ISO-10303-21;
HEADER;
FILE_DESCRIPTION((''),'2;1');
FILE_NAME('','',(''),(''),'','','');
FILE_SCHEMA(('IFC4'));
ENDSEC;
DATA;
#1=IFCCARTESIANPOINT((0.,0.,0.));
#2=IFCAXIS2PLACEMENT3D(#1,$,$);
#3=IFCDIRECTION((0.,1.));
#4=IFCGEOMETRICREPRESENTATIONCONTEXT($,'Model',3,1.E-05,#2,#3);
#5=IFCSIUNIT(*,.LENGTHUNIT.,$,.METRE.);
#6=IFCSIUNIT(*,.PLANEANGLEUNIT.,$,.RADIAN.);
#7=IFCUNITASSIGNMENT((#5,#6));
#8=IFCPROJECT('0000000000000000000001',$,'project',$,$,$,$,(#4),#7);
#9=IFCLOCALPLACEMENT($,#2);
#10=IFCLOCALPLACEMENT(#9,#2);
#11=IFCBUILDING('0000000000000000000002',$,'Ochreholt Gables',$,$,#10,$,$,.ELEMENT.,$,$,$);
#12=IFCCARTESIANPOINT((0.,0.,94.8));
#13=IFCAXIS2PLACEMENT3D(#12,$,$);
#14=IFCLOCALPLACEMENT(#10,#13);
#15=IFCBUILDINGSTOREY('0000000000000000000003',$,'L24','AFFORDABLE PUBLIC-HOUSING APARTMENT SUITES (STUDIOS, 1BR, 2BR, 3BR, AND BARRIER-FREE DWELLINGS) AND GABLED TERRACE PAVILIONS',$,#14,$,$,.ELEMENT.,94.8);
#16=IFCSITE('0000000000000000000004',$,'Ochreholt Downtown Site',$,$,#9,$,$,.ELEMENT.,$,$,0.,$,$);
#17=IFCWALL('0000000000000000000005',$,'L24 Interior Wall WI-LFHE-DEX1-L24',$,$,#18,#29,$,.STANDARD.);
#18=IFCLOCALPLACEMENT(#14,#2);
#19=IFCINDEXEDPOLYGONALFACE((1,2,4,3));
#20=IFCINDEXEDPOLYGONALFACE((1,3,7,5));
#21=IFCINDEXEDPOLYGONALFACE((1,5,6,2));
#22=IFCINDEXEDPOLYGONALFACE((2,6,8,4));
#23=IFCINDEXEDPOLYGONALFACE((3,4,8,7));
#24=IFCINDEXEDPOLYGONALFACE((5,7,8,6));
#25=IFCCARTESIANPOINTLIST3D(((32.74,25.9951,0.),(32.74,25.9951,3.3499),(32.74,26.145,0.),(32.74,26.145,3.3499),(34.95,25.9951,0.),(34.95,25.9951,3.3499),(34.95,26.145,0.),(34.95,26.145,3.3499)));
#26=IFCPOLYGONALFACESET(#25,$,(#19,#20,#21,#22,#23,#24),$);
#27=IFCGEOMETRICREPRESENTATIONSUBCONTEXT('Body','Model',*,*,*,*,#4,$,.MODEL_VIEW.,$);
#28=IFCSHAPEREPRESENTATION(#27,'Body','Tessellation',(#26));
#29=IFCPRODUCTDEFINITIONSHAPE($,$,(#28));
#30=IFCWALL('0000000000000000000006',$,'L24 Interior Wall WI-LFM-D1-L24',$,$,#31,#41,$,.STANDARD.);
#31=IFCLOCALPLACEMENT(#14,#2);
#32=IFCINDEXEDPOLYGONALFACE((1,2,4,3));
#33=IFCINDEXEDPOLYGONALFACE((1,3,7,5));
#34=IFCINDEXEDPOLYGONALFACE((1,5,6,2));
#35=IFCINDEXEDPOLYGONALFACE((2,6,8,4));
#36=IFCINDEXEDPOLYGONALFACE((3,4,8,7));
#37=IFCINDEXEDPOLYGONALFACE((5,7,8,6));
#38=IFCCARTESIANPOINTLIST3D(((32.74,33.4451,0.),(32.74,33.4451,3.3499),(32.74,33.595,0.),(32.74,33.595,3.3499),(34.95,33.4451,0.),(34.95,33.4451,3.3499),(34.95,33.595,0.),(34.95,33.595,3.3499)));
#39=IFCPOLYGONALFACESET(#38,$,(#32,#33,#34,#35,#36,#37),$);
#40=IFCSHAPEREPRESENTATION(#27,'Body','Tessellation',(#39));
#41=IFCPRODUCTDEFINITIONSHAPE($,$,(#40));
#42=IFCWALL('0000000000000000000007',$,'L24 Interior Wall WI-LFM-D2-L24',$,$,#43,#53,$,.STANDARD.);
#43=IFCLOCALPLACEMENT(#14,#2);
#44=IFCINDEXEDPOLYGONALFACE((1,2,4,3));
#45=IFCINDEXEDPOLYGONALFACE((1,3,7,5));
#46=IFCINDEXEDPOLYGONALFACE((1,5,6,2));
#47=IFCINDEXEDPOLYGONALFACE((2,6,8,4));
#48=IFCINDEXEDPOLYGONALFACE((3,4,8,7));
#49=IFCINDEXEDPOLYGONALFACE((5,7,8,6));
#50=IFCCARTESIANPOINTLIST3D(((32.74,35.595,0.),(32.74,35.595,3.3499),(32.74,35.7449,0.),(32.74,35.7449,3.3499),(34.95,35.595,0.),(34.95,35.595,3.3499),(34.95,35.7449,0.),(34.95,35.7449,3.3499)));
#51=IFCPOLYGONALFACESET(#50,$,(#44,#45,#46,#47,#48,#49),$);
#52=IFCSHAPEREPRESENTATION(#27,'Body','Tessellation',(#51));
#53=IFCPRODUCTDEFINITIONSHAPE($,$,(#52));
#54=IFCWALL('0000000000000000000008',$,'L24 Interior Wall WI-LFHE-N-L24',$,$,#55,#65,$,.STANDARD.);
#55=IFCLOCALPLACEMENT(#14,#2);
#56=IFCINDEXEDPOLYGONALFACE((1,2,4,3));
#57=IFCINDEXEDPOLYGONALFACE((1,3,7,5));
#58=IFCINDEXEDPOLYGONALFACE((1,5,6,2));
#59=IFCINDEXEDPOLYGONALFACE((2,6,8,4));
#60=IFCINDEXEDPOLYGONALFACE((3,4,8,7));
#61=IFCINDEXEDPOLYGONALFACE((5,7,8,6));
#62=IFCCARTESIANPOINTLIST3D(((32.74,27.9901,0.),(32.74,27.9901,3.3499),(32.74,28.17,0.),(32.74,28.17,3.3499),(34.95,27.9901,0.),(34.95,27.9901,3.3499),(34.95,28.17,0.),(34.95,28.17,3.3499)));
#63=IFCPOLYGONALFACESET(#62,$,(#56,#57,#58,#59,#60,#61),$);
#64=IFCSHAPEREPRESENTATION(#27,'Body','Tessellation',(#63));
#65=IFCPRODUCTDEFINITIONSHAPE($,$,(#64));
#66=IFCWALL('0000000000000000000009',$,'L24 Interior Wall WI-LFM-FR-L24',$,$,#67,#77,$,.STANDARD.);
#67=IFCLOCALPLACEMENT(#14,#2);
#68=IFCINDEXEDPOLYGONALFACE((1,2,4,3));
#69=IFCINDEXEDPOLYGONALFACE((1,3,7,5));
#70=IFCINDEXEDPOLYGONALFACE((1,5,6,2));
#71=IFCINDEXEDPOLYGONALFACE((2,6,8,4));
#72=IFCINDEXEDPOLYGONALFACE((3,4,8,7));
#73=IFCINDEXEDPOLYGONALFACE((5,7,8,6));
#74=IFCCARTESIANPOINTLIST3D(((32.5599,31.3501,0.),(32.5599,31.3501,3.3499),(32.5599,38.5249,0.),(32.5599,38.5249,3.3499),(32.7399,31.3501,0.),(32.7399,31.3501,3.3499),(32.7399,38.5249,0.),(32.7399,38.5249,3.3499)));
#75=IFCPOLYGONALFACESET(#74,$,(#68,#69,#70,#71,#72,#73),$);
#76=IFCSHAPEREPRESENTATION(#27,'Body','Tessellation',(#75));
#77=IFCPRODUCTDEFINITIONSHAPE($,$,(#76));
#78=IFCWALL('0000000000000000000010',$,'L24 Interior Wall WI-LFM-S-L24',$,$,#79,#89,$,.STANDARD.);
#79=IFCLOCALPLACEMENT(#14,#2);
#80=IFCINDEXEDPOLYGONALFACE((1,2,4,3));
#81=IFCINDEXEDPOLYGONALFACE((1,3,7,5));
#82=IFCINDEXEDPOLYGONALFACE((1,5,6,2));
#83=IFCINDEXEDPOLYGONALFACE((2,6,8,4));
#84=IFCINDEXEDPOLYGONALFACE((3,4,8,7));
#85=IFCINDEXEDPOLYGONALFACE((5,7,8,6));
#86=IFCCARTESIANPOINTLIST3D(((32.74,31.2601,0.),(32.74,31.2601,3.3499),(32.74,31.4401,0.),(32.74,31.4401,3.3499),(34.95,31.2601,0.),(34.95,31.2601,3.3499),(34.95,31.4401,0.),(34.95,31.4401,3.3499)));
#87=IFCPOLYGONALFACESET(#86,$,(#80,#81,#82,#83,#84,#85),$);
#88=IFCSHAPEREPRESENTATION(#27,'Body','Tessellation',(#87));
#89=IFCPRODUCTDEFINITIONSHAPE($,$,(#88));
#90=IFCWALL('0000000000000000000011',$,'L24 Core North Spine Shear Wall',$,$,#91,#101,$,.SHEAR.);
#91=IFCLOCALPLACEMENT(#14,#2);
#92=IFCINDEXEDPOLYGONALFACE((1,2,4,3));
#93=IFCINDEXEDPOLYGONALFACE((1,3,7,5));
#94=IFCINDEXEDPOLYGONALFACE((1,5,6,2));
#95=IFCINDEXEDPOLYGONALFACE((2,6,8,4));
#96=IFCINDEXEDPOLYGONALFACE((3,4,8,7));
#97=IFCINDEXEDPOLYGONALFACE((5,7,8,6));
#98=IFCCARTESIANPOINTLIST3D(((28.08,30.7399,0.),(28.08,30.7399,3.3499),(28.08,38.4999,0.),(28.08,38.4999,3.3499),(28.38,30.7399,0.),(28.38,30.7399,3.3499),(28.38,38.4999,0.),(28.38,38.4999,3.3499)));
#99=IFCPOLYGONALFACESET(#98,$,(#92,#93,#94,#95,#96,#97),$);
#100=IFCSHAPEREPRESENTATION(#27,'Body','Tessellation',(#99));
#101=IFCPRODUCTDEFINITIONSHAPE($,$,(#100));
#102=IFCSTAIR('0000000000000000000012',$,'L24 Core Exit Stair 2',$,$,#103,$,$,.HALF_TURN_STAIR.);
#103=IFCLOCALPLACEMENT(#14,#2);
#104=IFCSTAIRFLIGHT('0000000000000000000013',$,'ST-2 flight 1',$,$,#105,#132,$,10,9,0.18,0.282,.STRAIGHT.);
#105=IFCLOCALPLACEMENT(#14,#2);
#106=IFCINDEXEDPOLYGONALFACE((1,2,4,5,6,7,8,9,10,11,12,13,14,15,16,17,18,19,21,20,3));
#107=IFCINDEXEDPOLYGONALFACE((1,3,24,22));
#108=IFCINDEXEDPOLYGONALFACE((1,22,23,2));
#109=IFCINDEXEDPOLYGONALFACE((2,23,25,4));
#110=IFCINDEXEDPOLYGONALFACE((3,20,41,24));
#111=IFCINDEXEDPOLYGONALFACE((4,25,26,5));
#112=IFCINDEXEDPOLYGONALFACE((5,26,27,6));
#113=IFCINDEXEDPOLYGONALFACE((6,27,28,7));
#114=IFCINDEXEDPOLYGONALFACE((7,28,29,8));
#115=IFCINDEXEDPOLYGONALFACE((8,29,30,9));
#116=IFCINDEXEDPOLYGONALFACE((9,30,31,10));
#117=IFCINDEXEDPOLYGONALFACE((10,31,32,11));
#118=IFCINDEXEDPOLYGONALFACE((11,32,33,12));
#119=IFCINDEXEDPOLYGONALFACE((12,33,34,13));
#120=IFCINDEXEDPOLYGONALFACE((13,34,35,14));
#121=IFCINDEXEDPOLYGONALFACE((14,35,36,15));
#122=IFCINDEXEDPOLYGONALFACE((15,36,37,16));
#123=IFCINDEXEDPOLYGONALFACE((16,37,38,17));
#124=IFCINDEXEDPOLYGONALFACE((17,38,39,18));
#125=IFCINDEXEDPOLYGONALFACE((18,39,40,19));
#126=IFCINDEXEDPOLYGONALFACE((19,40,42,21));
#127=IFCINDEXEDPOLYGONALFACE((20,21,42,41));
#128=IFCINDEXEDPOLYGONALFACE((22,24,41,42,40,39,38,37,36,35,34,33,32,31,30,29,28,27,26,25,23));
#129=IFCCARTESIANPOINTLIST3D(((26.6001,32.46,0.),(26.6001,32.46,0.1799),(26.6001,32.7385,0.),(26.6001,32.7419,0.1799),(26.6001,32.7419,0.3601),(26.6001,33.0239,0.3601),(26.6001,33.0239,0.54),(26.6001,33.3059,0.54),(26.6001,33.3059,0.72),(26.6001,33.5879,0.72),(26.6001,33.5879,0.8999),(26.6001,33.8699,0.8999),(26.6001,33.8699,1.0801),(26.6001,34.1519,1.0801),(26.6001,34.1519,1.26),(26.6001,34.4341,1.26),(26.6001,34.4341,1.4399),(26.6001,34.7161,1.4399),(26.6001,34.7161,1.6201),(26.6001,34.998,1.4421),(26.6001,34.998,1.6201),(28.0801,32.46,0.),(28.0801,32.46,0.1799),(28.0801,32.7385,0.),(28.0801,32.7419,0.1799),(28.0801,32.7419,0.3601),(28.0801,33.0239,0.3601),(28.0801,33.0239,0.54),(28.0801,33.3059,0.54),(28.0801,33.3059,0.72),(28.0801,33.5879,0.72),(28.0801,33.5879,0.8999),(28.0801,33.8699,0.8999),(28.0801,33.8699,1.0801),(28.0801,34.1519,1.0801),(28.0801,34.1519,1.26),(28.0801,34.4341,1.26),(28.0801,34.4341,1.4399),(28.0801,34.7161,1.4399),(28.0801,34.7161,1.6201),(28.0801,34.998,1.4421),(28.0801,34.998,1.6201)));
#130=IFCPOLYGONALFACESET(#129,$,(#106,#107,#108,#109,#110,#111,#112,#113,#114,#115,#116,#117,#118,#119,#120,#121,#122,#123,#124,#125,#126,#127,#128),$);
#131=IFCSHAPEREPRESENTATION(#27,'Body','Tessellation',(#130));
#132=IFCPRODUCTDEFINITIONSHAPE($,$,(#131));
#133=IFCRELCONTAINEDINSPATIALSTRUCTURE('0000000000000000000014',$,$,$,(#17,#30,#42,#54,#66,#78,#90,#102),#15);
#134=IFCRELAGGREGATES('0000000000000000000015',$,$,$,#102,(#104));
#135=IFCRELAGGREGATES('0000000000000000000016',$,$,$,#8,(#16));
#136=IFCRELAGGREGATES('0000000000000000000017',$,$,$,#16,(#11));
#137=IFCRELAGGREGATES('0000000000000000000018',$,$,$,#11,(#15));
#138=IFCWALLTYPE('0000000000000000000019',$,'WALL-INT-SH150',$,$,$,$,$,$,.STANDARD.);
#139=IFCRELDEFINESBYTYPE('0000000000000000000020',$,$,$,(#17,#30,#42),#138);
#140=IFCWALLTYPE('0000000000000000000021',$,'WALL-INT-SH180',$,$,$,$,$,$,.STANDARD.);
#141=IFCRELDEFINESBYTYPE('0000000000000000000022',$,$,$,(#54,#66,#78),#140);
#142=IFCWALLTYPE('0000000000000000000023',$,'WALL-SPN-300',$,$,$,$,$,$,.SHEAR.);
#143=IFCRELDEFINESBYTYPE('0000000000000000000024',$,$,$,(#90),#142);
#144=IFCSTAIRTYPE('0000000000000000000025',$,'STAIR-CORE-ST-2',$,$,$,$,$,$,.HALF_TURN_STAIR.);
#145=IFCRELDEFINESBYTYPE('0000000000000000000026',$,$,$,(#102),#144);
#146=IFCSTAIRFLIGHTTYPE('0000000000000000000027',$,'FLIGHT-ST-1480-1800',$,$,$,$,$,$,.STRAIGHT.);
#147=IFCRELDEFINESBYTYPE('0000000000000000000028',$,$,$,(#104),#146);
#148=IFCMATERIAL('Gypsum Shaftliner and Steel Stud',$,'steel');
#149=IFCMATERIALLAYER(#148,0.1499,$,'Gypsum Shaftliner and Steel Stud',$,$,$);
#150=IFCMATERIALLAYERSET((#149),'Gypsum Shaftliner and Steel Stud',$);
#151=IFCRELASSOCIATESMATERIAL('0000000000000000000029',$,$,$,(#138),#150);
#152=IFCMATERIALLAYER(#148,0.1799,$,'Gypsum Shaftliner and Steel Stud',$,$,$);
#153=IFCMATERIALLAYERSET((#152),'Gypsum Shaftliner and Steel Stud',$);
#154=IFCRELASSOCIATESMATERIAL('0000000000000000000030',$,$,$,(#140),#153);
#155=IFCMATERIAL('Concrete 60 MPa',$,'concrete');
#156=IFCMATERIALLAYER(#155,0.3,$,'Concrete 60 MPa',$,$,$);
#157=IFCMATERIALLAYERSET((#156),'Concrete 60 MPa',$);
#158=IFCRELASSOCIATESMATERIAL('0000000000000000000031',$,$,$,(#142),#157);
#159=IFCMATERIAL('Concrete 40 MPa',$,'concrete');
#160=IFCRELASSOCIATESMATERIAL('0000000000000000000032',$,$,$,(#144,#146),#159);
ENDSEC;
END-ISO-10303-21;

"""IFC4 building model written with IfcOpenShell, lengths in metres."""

from ifc_helpers import new_model, si_unit, direction, frame, frame_2d, origin, place, context, subcontext, project, spatial, polyline, rectangle, outline, extrude, material, layer, layer_set, type_object, element, aggregate, save


model = new_model("IFC4")

# Units and contexts
model_context = context("Model", 3, precision=1e-05, world=origin(), true_north=direction((0.0, 1.0)))
body_context = subcontext(model_context, "Body", "Model", "MODEL_VIEW")
ifc_project = project(units=[si_unit("LENGTHUNIT", "METRE"), si_unit("PLANEANGLEUNIT", "RADIAN")], contexts=[model_context])

# Site, building, storey
site_placement = place(None, origin())
site = spatial("IfcSite", under=ifc_project, at=site_placement, Name="Ochreholt Downtown Site", CompositionType="ELEMENT", RefElevation=0.0)
building_placement = place(site_placement, origin())
building = spatial("IfcBuilding", under=site, at=building_placement, Name="Ochreholt Gables", CompositionType="ELEMENT")
storey_placement = place(building_placement, frame((0.0, 0.0, 94.8)))
storey = spatial("IfcBuildingStorey", under=building, at=storey_placement, Name="L24", Description="AFFORDABLE PUBLIC-HOUSING APARTMENT SUITES (STUDIOS, 1BR, 2BR, 3BR, AND BARRIER-FREE DWELLINGS) AND GABLED TERRACE PAVILIONS", CompositionType="ELEMENT", Elevation=94.8)

# Shared definitions
ifc_material_1 = material(Name="Concrete 60 MPa", Category="concrete")

# Shared definitions
ifc_material_2 = material(Name="Concrete 40 MPa", Category="concrete")

# Walls
ifc_material_3 = material(Name="Gypsum Shaftliner and Steel Stud", Category="steel")
ifc_layer_1 = layer(ifc_material_3, 0.1499, Name="Gypsum Shaftliner and Steel Stud")
ifc_layer_set_1 = layer_set([ifc_layer_1], Name="Gypsum Shaftliner and Steel Stud")
wall_type_1 = type_object("IfcWallType", Name="WALL-INT-SH150", PredefinedType="STANDARD", material=ifc_layer_set_1)
for number, where, z_axis, x_axis, name in (
    (1, (32.74, 26.0701, 0.0), (0.0, 0.0, 1.0), (1.0, 0.0, 0.0), "L24 Interior Wall WI-LFHE-DEX1-L24"),
    (2, (32.74, 33.52, 0.0), (0.0, 0.0, 1.0), (1.0, 0.0, 0.0), "L24 Interior Wall WI-LFM-D1-L24"),
    (3, (32.74, 35.6699, 0.0), (0.0, 0.0, 1.0), (1.0, 0.0, 0.0), "L24 Interior Wall WI-LFM-D2-L24"),
):
    element("IfcWall", number, at=place(storey_placement, frame(where, z_axis=z_axis, x_axis=x_axis)), inside=storey, type_object=wall_type_1, Name=name, PredefinedType="STANDARD", context=body_context, shape_type="SweptSolid", body=[
        extrude(rectangle(XDim=2.21, YDim=0.1499, at=frame_2d((1.105, 0.0))), origin(), (0.0, 0.0, 1.0), 3.3499),
    ])
ifc_layer_2 = layer(ifc_material_3, 0.1799, Name="Gypsum Shaftliner and Steel Stud")
ifc_layer_set_2 = layer_set([ifc_layer_2], Name="Gypsum Shaftliner and Steel Stud")
wall_type_2 = type_object("IfcWallType", Name="WALL-INT-SH180", PredefinedType="STANDARD", material=ifc_layer_set_2)
wall_1_placement = place(storey_placement, frame((32.74, 28.0801, 0.0), z_axis=(0.0, 0.0, 1.0), x_axis=(1.0, 0.0, 0.0)))
element("IfcWall", 4, at=wall_1_placement, inside=storey, type_object=wall_type_2, Name="L24 Interior Wall WI-LFHE-N-L24", PredefinedType="STANDARD", context=body_context, shape_type="SweptSolid", body=[
    extrude(rectangle(XDim=2.21, YDim=0.1799, at=frame_2d((1.105, 0.0))), origin(), (0.0, 0.0, 1.0), 3.3499),
])
wall_2_placement = place(storey_placement, frame((32.6499, 31.3501, 0.0), z_axis=(0.0, 0.0, 1.0), x_axis=(0.0, 1.0, 0.0)))
element("IfcWall", 5, at=wall_2_placement, inside=storey, type_object=wall_type_2, Name="L24 Interior Wall WI-LFM-FR-L24", PredefinedType="STANDARD", context=body_context, shape_type="SweptSolid", body=[
    extrude(rectangle(XDim=7.1748, YDim=0.1799, at=frame_2d((3.5874, 0.0))), origin(), (0.0, 0.0, 1.0), 3.3499),
])
wall_3_placement = place(storey_placement, frame((32.74, 31.3501, 0.0), z_axis=(0.0, 0.0, 1.0), x_axis=(1.0, 0.0, 0.0)))
element("IfcWall", 6, at=wall_3_placement, inside=storey, type_object=wall_type_2, Name="L24 Interior Wall WI-LFM-S-L24", PredefinedType="STANDARD", context=body_context, shape_type="SweptSolid", body=[
    extrude(rectangle(XDim=2.21, YDim=0.1799, at=frame_2d((1.105, 0.0))), origin(), (0.0, 0.0, 1.0), 3.3499),
])
ifc_layer_3 = layer(ifc_material_1, 0.3, Name="Concrete 60 MPa")
ifc_layer_set_3 = layer_set([ifc_layer_3], Name="Concrete 60 MPa")
wall_type_3 = type_object("IfcWallType", Name="WALL-SPN-300", PredefinedType="SHEAR", material=ifc_layer_set_3)
wall_4_placement = place(storey_placement, frame((28.23, 30.74, 0.0), z_axis=(0.0, 0.0, 1.0), x_axis=(0.0, 1.0, 0.0)))
element("IfcWall", 7, at=wall_4_placement, inside=storey, type_object=wall_type_3, Name="L24 Core North Spine Shear Wall", PredefinedType="SHEAR", context=body_context, shape_type="SweptSolid", body=[
    extrude(rectangle(XDim=7.76, YDim=0.3, at=frame_2d((3.8799, 0.0))), origin(), (0.0, 0.0, 1.0), 3.3499),
])

# Stair, stair flight
stair_type = type_object("IfcStairType", Name="STAIR-CORE-ST-2", PredefinedType="HALF_TURN_STAIR", material=ifc_material_2)
stair_placement = place(storey_placement, origin())
stair = element("IfcStair", 8, at=stair_placement, inside=storey, type_object=stair_type, Name="L24 Core Exit Stair 2", PredefinedType="HALF_TURN_STAIR")
stair_flight_type = type_object("IfcStairFlightType", Name="FLIGHT-ST-1480-1800", PredefinedType="STRAIGHT", material=ifc_material_2)
stair_flight_placement = place(storey_placement, frame((27.3401, 32.46, 0.0), z_axis=(0.0, 0.0, 1.0), x_axis=(0.0, 1.0, 0.0)))
stair_flight = element("IfcStairFlight", 9, at=stair_flight_placement, type_object=stair_flight_type, Name="ST-2 flight 1", NumberOfRisers=10, NumberOfTreads=9, PredefinedType="STRAIGHT", RiserHeight=0.18, TreadLength=0.282, context=body_context, shape_type="SweptSolid", body=[
    extrude(outline(polyline([(0.0, 0.0), (0.0, 0.1799), (0.282, 0.1799), (0.282, 0.3601), (0.564, 0.3601), (0.564, 0.54), (0.8459, 0.54), (0.8459, 0.72), (1.1279, 0.72), (1.1279, 0.8999), (1.4099, 0.8999), (1.4099, 1.0801), (1.6919, 1.0801), (1.6919, 1.26), (1.9741, 1.26), (1.9741, 1.4399), (2.2561, 1.4399), (2.2561, 1.6201), (2.5381, 1.6201), (2.5381, 1.8), (2.5381, 1.4421), (0.2786, 0.0), (0.0, 0.0)])), frame((0.0, 0.74, 0.0), z_axis=(0.0, -1.0, 0.0), x_axis=(1.0, 0.0, 0.0)), (0.0, 0.0, 1.0), 1.48),
])
aggregate(stair, [stair_flight])

save(model, "model.ifc")
